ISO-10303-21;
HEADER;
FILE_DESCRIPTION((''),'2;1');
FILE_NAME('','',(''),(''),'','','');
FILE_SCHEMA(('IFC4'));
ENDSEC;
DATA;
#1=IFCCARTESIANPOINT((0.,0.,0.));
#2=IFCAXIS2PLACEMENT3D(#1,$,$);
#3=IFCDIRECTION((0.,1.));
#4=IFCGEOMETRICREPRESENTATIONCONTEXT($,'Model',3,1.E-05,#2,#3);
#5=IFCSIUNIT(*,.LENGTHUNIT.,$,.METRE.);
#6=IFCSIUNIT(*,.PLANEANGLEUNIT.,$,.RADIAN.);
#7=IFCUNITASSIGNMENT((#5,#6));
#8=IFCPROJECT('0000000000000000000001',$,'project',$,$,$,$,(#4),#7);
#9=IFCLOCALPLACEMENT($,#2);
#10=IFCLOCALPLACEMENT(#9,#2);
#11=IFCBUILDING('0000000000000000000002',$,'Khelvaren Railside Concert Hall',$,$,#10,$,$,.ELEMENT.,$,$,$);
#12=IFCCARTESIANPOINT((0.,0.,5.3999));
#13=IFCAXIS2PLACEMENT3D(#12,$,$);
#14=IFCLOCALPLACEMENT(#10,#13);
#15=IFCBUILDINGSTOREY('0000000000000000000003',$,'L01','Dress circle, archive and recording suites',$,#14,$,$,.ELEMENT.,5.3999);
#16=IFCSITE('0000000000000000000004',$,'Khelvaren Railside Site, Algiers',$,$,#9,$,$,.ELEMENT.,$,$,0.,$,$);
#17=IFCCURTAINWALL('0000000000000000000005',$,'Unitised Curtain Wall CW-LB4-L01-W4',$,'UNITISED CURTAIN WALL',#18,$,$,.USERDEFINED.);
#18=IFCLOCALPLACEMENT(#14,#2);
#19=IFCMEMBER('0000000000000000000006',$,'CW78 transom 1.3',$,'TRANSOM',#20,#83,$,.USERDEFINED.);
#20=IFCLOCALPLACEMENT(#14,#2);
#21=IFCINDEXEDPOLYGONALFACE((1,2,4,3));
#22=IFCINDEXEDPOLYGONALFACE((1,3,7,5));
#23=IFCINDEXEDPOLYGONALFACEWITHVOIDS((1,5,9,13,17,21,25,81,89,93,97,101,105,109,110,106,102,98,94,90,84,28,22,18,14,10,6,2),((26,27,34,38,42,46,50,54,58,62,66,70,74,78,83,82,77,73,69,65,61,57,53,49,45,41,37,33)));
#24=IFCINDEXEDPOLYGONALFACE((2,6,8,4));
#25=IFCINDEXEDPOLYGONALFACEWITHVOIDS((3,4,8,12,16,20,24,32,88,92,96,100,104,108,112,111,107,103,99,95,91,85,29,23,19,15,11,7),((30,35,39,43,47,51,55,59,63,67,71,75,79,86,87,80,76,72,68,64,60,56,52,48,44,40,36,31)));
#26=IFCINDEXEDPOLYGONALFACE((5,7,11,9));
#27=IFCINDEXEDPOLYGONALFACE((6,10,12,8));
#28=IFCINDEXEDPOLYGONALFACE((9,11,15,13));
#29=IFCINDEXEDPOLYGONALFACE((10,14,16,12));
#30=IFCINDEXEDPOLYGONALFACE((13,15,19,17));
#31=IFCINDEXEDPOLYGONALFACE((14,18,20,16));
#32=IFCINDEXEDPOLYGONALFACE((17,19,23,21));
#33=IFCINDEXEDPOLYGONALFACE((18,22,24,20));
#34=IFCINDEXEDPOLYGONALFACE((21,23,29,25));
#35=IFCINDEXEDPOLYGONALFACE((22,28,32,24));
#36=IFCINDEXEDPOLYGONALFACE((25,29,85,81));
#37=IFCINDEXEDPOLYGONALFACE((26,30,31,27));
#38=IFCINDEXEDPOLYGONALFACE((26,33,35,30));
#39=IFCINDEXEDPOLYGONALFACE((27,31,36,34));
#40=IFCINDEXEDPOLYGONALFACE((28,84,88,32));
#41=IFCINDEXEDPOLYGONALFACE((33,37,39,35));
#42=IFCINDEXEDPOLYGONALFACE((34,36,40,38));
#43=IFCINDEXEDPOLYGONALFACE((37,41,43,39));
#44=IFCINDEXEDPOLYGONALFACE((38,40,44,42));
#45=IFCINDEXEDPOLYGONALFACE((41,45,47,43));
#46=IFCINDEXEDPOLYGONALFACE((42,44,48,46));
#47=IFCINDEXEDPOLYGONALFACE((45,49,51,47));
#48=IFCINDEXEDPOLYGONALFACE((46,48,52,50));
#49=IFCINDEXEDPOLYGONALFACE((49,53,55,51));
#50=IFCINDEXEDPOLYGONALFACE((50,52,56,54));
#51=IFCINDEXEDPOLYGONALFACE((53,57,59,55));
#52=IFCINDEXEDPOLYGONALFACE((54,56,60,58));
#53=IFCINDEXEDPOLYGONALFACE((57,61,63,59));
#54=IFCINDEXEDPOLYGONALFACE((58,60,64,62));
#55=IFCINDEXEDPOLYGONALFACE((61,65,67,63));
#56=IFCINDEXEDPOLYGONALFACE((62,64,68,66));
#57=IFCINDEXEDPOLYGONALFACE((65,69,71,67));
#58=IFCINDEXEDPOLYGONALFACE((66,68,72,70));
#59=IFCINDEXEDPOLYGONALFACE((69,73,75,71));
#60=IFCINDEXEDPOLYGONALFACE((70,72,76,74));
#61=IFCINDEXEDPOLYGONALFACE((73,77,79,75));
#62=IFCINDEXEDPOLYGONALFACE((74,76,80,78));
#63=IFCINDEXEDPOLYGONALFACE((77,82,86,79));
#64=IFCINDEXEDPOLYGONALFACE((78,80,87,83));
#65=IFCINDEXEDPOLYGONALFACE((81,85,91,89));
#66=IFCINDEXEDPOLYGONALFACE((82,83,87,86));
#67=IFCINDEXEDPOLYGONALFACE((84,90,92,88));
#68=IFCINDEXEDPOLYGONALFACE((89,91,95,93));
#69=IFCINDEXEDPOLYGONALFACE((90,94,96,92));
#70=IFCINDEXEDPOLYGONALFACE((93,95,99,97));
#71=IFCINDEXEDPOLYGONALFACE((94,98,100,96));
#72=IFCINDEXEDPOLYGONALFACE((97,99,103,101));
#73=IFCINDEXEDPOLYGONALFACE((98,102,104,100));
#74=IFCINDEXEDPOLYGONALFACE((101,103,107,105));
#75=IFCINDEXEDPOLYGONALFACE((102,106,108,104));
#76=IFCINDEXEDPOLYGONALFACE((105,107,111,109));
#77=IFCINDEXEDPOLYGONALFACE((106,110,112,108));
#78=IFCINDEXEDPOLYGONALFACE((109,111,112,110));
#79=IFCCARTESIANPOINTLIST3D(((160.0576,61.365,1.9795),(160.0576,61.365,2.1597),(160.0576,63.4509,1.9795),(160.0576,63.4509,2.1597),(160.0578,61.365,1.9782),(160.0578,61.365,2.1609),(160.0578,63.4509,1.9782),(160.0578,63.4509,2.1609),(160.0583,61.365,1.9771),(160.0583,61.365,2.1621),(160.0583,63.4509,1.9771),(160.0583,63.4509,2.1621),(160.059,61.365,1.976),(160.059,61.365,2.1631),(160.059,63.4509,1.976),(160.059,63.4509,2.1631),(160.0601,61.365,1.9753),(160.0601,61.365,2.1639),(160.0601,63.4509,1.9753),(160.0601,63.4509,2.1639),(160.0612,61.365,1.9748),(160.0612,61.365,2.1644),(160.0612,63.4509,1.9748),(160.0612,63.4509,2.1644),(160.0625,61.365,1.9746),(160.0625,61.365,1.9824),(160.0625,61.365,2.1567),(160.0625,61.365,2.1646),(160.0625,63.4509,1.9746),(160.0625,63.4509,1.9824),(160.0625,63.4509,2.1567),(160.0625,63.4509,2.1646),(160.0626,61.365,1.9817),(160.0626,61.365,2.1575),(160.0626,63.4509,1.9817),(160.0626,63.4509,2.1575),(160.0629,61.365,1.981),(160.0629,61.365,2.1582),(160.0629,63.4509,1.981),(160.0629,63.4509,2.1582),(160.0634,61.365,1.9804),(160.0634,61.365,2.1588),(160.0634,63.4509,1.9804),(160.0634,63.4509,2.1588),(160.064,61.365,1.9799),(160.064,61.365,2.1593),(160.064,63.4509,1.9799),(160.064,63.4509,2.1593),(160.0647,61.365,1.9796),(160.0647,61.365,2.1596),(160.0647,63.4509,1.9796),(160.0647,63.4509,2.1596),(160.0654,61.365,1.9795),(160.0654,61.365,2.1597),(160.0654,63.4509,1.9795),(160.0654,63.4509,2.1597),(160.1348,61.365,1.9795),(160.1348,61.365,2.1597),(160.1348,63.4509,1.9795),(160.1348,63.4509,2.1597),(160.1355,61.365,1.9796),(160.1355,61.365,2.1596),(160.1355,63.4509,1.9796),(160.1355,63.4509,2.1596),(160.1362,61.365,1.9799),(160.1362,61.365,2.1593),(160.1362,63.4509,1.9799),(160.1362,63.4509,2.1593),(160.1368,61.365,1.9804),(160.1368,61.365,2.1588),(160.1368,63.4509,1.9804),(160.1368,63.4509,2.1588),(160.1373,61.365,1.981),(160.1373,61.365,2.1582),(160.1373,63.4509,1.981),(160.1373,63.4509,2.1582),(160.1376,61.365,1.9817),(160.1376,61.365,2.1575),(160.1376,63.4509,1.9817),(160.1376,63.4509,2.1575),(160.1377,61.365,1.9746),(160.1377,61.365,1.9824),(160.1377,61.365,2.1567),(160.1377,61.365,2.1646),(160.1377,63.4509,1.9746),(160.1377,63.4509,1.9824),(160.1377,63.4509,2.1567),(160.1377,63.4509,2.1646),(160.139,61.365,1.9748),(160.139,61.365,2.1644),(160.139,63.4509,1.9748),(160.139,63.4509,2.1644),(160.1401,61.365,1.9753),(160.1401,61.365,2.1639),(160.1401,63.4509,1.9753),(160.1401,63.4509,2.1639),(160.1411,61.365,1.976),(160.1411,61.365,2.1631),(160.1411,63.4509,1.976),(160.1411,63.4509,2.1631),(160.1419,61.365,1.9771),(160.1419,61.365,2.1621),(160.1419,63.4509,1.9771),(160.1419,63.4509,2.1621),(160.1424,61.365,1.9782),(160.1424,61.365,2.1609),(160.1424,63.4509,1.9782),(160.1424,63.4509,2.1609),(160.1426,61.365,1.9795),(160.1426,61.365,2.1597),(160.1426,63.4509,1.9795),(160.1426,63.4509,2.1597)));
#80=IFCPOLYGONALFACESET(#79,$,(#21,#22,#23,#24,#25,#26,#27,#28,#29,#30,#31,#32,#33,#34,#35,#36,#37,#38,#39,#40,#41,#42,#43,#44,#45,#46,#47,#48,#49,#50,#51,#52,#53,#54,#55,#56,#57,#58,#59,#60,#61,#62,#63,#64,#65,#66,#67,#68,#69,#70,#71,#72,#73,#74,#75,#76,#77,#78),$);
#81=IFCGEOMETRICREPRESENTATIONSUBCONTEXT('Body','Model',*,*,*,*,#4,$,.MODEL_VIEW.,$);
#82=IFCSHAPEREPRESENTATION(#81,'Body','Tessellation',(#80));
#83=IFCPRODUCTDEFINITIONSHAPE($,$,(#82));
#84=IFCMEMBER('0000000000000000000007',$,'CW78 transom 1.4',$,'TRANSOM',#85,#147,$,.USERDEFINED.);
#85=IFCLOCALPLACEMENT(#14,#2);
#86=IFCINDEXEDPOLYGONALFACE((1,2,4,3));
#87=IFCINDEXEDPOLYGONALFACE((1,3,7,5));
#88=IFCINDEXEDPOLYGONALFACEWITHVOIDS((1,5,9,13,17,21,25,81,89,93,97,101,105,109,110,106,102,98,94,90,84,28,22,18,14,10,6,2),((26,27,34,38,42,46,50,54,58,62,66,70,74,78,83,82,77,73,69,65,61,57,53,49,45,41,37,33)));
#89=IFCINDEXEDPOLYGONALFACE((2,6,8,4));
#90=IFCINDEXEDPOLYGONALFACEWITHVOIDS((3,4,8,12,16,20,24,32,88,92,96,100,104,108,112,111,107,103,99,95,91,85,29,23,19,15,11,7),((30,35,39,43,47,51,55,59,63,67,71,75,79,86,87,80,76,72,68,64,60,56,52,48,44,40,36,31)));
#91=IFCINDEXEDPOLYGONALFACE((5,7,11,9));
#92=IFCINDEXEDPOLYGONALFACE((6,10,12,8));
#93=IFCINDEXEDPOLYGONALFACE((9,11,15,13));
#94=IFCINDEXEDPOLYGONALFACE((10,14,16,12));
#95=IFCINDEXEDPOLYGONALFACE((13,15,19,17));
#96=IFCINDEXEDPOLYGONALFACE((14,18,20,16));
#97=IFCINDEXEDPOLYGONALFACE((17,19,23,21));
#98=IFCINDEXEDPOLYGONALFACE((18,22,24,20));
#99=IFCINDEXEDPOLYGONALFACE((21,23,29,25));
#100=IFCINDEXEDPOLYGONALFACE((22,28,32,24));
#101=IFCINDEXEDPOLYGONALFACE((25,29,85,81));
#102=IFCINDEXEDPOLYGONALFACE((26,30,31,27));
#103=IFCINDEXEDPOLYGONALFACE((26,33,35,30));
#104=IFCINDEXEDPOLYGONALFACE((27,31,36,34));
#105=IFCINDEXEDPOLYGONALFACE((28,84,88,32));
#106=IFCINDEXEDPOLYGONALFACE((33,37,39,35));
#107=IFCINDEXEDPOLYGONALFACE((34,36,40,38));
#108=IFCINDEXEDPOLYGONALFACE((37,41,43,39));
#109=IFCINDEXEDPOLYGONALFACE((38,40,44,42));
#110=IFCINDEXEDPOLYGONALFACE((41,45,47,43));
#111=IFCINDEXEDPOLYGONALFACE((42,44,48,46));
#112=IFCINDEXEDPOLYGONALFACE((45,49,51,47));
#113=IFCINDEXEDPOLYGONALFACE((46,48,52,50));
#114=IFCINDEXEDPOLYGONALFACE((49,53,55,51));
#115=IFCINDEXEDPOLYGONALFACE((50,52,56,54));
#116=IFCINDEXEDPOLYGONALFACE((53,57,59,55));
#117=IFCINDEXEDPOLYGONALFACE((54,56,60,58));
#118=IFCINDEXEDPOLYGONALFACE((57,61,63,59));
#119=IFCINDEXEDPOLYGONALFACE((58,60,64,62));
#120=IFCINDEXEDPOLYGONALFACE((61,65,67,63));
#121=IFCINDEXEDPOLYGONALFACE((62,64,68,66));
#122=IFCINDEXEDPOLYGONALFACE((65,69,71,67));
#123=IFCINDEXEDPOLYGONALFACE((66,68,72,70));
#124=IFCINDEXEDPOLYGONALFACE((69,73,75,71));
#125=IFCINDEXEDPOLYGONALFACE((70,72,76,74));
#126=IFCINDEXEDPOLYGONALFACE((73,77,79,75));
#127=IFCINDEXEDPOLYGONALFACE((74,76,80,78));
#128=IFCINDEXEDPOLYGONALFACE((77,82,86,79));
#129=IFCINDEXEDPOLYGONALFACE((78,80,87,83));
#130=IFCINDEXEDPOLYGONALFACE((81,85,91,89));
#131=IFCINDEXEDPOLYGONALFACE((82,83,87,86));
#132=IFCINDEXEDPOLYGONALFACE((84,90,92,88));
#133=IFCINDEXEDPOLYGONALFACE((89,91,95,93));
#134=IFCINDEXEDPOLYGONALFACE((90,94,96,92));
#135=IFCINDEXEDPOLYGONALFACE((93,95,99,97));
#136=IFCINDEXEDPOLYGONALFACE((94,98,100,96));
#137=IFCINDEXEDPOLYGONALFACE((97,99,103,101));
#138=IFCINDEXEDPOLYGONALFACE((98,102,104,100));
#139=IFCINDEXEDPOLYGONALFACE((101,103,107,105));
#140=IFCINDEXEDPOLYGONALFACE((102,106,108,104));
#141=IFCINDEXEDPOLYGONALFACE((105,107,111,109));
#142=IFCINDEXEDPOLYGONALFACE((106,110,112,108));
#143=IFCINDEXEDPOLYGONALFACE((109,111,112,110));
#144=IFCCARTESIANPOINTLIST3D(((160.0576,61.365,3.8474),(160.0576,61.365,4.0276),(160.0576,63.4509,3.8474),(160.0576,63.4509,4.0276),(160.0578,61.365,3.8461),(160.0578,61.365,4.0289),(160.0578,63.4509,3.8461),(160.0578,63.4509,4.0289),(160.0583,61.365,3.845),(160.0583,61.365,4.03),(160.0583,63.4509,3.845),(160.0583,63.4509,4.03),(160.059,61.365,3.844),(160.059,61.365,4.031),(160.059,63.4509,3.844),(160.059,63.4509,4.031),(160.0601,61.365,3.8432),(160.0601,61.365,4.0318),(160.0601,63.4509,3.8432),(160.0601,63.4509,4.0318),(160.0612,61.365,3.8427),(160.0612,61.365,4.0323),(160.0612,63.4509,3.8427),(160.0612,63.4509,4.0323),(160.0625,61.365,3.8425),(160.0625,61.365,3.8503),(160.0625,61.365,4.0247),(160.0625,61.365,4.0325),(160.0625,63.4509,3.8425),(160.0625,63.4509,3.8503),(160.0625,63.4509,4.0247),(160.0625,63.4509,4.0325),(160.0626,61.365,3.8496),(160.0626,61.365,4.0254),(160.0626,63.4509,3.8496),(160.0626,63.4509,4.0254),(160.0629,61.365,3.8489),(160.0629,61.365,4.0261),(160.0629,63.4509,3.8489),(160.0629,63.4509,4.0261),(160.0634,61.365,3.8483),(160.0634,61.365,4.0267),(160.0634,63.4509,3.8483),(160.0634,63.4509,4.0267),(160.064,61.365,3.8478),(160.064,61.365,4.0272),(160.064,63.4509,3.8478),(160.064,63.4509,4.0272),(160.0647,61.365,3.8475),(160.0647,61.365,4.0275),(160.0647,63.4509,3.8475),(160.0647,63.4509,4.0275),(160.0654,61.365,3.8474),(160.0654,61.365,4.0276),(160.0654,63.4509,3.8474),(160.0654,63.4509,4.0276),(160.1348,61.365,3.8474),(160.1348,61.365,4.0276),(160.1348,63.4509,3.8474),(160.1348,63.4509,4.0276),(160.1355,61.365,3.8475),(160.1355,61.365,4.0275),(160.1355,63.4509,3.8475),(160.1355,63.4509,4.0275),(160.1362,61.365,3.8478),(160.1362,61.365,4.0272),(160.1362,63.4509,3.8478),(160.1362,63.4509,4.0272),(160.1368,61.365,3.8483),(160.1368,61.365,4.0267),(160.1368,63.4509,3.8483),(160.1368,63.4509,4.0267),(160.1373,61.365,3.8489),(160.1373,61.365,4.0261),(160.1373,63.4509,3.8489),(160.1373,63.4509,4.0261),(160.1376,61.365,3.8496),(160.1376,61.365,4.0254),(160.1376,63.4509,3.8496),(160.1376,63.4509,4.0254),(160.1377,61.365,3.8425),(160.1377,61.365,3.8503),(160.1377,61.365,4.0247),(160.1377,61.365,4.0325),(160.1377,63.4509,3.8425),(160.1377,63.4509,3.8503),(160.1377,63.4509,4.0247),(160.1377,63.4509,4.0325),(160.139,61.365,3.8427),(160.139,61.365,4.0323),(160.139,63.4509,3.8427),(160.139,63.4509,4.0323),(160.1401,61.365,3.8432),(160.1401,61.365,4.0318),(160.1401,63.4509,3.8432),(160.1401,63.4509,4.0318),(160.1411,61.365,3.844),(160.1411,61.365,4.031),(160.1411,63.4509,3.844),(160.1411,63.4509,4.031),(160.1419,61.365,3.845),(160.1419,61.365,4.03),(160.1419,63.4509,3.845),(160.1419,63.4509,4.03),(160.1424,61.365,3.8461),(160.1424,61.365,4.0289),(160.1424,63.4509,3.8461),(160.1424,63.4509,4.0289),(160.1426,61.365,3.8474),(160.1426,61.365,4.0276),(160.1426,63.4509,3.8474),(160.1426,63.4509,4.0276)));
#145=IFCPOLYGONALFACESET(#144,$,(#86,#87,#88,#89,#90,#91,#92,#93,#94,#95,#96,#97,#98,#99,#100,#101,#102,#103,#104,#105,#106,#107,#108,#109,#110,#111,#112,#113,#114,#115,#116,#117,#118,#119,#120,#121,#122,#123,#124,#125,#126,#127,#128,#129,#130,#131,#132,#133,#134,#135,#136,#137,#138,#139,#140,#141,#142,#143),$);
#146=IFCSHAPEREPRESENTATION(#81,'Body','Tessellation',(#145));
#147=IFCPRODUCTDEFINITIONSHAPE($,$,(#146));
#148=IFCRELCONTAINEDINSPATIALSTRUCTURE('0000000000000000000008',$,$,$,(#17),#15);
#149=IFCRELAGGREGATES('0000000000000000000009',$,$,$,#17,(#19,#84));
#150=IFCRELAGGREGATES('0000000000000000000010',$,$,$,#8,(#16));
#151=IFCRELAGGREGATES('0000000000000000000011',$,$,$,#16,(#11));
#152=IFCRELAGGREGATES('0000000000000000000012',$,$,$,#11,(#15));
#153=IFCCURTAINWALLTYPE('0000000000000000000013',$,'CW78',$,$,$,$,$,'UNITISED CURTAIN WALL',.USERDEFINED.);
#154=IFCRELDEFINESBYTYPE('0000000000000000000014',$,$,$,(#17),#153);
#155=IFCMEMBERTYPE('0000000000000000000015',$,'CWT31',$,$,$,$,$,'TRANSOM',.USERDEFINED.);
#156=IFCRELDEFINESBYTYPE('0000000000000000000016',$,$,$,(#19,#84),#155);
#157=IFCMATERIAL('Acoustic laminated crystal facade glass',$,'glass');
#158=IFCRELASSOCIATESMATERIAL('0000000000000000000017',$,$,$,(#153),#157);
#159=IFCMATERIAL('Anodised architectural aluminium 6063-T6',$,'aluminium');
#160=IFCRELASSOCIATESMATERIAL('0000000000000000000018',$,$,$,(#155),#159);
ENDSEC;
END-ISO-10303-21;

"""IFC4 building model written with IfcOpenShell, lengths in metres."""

from ifc_helpers import new_model, si_unit, direction, frame, origin, origin_2d, place, context, subcontext, project, spatial, hollow_rectangle, extrude, material, material_profile, profile_set, type_object, element, aggregate, save


model = new_model("IFC4")

# Units and contexts
model_context = context("Model", 3, precision=1e-05, world=origin(), true_north=direction((0.0, 1.0)))
body_context = subcontext(model_context, "Body", "Model", "MODEL_VIEW")
ifc_project = project(units=[si_unit("LENGTHUNIT", "METRE"), si_unit("PLANEANGLEUNIT", "RADIAN")], contexts=[model_context])

# Site, building, storey
site_placement = place(None, origin())
site = spatial("IfcSite", under=ifc_project, at=site_placement, Name="Khelvaren Railside Site, Algiers", CompositionType="ELEMENT", RefElevation=0.0)
building_placement = place(site_placement, origin())
building = spatial("IfcBuilding", under=site, at=building_placement, Name="Khelvaren Railside Concert Hall", CompositionType="ELEMENT")
storey_placement = place(building_placement, frame((0.0, 0.0, 5.3999)))
storey = spatial("IfcBuildingStorey", under=building, at=storey_placement, Name="L01", Description="Dress circle, archive and recording suites", CompositionType="ELEMENT", Elevation=5.3999)

# Shared definitions
ifc_material_1 = material(Name="Acoustic laminated crystal facade glass", Category="glass")
curtain_wall_type = type_object("IfcCurtainWallType", Name="CW78", ElementType="UNITISED CURTAIN WALL", PredefinedType="USERDEFINED", material=ifc_material_1)
ifc_material_2 = material(Name="Anodised architectural aluminium 6063-T6", Category="aluminium")

# Curtain wall, members
curtain_wall_1_placement = place(storey_placement, origin())
curtain_wall_1 = element("IfcCurtainWall", 1, at=curtain_wall_1_placement, inside=storey, type_object=curtain_wall_type, Name="Unitised Curtain Wall CW-LB4-L01-W4", ObjectType="UNITISED CURTAIN WALL", PredefinedType="USERDEFINED")
ifc_material_profile_1 = material_profile(ifc_material_2, hollow_rectangle(XDim=0.085, YDim=0.1899, WallThickness=0.0049, InnerFilletRadius=0.0029, OuterFilletRadius=0.0049, at=origin_2d()), Name="CWT 85x190x5")
ifc_profile_set_1 = profile_set([ifc_material_profile_1], Name="Anodised architectural aluminium 6063-T6")
member_type_1 = type_object("IfcMemberType", Name="CWT31", ElementType="TRANSOM", PredefinedType="USERDEFINED", material=ifc_profile_set_1)
member_1_placement = place(storey_placement, frame((160.1001, 61.365, 2.0696), z_axis=(0.0, 1.0, 0.0), x_axis=(-1.0, 0.0, 0.0)))
member_1 = element("IfcMember", 2, at=member_1_placement, type_object=member_type_1, Name="CW78 transom 1.3", ObjectType="TRANSOM", PredefinedType="USERDEFINED", context=body_context, shape_type="SweptSolid", body=[
    extrude(hollow_rectangle(XDim=0.085, YDim=0.1899, WallThickness=0.0049, InnerFilletRadius=0.0029, OuterFilletRadius=0.0049, at=origin_2d()), origin(), (0.0, 0.0, 1.0), 2.0859),
])
member_2_placement = place(storey_placement, frame((160.1001, 61.365, 3.9375), z_axis=(0.0, 1.0, 0.0), x_axis=(-1.0, 0.0, 0.0)))
member_2 = element("IfcMember", 3, at=member_2_placement, type_object=member_type_1, Name="CW78 transom 1.4", ObjectType="TRANSOM", PredefinedType="USERDEFINED", context=body_context, shape_type="SweptSolid", body=[
    extrude(hollow_rectangle(XDim=0.085, YDim=0.1899, WallThickness=0.0049, InnerFilletRadius=0.0029, OuterFilletRadius=0.0049, at=origin_2d()), origin(), (0.0, 0.0, 1.0), 2.0859),
])

aggregate(curtain_wall_1, [member_1, member_2])

save(model, "model.ifc")
